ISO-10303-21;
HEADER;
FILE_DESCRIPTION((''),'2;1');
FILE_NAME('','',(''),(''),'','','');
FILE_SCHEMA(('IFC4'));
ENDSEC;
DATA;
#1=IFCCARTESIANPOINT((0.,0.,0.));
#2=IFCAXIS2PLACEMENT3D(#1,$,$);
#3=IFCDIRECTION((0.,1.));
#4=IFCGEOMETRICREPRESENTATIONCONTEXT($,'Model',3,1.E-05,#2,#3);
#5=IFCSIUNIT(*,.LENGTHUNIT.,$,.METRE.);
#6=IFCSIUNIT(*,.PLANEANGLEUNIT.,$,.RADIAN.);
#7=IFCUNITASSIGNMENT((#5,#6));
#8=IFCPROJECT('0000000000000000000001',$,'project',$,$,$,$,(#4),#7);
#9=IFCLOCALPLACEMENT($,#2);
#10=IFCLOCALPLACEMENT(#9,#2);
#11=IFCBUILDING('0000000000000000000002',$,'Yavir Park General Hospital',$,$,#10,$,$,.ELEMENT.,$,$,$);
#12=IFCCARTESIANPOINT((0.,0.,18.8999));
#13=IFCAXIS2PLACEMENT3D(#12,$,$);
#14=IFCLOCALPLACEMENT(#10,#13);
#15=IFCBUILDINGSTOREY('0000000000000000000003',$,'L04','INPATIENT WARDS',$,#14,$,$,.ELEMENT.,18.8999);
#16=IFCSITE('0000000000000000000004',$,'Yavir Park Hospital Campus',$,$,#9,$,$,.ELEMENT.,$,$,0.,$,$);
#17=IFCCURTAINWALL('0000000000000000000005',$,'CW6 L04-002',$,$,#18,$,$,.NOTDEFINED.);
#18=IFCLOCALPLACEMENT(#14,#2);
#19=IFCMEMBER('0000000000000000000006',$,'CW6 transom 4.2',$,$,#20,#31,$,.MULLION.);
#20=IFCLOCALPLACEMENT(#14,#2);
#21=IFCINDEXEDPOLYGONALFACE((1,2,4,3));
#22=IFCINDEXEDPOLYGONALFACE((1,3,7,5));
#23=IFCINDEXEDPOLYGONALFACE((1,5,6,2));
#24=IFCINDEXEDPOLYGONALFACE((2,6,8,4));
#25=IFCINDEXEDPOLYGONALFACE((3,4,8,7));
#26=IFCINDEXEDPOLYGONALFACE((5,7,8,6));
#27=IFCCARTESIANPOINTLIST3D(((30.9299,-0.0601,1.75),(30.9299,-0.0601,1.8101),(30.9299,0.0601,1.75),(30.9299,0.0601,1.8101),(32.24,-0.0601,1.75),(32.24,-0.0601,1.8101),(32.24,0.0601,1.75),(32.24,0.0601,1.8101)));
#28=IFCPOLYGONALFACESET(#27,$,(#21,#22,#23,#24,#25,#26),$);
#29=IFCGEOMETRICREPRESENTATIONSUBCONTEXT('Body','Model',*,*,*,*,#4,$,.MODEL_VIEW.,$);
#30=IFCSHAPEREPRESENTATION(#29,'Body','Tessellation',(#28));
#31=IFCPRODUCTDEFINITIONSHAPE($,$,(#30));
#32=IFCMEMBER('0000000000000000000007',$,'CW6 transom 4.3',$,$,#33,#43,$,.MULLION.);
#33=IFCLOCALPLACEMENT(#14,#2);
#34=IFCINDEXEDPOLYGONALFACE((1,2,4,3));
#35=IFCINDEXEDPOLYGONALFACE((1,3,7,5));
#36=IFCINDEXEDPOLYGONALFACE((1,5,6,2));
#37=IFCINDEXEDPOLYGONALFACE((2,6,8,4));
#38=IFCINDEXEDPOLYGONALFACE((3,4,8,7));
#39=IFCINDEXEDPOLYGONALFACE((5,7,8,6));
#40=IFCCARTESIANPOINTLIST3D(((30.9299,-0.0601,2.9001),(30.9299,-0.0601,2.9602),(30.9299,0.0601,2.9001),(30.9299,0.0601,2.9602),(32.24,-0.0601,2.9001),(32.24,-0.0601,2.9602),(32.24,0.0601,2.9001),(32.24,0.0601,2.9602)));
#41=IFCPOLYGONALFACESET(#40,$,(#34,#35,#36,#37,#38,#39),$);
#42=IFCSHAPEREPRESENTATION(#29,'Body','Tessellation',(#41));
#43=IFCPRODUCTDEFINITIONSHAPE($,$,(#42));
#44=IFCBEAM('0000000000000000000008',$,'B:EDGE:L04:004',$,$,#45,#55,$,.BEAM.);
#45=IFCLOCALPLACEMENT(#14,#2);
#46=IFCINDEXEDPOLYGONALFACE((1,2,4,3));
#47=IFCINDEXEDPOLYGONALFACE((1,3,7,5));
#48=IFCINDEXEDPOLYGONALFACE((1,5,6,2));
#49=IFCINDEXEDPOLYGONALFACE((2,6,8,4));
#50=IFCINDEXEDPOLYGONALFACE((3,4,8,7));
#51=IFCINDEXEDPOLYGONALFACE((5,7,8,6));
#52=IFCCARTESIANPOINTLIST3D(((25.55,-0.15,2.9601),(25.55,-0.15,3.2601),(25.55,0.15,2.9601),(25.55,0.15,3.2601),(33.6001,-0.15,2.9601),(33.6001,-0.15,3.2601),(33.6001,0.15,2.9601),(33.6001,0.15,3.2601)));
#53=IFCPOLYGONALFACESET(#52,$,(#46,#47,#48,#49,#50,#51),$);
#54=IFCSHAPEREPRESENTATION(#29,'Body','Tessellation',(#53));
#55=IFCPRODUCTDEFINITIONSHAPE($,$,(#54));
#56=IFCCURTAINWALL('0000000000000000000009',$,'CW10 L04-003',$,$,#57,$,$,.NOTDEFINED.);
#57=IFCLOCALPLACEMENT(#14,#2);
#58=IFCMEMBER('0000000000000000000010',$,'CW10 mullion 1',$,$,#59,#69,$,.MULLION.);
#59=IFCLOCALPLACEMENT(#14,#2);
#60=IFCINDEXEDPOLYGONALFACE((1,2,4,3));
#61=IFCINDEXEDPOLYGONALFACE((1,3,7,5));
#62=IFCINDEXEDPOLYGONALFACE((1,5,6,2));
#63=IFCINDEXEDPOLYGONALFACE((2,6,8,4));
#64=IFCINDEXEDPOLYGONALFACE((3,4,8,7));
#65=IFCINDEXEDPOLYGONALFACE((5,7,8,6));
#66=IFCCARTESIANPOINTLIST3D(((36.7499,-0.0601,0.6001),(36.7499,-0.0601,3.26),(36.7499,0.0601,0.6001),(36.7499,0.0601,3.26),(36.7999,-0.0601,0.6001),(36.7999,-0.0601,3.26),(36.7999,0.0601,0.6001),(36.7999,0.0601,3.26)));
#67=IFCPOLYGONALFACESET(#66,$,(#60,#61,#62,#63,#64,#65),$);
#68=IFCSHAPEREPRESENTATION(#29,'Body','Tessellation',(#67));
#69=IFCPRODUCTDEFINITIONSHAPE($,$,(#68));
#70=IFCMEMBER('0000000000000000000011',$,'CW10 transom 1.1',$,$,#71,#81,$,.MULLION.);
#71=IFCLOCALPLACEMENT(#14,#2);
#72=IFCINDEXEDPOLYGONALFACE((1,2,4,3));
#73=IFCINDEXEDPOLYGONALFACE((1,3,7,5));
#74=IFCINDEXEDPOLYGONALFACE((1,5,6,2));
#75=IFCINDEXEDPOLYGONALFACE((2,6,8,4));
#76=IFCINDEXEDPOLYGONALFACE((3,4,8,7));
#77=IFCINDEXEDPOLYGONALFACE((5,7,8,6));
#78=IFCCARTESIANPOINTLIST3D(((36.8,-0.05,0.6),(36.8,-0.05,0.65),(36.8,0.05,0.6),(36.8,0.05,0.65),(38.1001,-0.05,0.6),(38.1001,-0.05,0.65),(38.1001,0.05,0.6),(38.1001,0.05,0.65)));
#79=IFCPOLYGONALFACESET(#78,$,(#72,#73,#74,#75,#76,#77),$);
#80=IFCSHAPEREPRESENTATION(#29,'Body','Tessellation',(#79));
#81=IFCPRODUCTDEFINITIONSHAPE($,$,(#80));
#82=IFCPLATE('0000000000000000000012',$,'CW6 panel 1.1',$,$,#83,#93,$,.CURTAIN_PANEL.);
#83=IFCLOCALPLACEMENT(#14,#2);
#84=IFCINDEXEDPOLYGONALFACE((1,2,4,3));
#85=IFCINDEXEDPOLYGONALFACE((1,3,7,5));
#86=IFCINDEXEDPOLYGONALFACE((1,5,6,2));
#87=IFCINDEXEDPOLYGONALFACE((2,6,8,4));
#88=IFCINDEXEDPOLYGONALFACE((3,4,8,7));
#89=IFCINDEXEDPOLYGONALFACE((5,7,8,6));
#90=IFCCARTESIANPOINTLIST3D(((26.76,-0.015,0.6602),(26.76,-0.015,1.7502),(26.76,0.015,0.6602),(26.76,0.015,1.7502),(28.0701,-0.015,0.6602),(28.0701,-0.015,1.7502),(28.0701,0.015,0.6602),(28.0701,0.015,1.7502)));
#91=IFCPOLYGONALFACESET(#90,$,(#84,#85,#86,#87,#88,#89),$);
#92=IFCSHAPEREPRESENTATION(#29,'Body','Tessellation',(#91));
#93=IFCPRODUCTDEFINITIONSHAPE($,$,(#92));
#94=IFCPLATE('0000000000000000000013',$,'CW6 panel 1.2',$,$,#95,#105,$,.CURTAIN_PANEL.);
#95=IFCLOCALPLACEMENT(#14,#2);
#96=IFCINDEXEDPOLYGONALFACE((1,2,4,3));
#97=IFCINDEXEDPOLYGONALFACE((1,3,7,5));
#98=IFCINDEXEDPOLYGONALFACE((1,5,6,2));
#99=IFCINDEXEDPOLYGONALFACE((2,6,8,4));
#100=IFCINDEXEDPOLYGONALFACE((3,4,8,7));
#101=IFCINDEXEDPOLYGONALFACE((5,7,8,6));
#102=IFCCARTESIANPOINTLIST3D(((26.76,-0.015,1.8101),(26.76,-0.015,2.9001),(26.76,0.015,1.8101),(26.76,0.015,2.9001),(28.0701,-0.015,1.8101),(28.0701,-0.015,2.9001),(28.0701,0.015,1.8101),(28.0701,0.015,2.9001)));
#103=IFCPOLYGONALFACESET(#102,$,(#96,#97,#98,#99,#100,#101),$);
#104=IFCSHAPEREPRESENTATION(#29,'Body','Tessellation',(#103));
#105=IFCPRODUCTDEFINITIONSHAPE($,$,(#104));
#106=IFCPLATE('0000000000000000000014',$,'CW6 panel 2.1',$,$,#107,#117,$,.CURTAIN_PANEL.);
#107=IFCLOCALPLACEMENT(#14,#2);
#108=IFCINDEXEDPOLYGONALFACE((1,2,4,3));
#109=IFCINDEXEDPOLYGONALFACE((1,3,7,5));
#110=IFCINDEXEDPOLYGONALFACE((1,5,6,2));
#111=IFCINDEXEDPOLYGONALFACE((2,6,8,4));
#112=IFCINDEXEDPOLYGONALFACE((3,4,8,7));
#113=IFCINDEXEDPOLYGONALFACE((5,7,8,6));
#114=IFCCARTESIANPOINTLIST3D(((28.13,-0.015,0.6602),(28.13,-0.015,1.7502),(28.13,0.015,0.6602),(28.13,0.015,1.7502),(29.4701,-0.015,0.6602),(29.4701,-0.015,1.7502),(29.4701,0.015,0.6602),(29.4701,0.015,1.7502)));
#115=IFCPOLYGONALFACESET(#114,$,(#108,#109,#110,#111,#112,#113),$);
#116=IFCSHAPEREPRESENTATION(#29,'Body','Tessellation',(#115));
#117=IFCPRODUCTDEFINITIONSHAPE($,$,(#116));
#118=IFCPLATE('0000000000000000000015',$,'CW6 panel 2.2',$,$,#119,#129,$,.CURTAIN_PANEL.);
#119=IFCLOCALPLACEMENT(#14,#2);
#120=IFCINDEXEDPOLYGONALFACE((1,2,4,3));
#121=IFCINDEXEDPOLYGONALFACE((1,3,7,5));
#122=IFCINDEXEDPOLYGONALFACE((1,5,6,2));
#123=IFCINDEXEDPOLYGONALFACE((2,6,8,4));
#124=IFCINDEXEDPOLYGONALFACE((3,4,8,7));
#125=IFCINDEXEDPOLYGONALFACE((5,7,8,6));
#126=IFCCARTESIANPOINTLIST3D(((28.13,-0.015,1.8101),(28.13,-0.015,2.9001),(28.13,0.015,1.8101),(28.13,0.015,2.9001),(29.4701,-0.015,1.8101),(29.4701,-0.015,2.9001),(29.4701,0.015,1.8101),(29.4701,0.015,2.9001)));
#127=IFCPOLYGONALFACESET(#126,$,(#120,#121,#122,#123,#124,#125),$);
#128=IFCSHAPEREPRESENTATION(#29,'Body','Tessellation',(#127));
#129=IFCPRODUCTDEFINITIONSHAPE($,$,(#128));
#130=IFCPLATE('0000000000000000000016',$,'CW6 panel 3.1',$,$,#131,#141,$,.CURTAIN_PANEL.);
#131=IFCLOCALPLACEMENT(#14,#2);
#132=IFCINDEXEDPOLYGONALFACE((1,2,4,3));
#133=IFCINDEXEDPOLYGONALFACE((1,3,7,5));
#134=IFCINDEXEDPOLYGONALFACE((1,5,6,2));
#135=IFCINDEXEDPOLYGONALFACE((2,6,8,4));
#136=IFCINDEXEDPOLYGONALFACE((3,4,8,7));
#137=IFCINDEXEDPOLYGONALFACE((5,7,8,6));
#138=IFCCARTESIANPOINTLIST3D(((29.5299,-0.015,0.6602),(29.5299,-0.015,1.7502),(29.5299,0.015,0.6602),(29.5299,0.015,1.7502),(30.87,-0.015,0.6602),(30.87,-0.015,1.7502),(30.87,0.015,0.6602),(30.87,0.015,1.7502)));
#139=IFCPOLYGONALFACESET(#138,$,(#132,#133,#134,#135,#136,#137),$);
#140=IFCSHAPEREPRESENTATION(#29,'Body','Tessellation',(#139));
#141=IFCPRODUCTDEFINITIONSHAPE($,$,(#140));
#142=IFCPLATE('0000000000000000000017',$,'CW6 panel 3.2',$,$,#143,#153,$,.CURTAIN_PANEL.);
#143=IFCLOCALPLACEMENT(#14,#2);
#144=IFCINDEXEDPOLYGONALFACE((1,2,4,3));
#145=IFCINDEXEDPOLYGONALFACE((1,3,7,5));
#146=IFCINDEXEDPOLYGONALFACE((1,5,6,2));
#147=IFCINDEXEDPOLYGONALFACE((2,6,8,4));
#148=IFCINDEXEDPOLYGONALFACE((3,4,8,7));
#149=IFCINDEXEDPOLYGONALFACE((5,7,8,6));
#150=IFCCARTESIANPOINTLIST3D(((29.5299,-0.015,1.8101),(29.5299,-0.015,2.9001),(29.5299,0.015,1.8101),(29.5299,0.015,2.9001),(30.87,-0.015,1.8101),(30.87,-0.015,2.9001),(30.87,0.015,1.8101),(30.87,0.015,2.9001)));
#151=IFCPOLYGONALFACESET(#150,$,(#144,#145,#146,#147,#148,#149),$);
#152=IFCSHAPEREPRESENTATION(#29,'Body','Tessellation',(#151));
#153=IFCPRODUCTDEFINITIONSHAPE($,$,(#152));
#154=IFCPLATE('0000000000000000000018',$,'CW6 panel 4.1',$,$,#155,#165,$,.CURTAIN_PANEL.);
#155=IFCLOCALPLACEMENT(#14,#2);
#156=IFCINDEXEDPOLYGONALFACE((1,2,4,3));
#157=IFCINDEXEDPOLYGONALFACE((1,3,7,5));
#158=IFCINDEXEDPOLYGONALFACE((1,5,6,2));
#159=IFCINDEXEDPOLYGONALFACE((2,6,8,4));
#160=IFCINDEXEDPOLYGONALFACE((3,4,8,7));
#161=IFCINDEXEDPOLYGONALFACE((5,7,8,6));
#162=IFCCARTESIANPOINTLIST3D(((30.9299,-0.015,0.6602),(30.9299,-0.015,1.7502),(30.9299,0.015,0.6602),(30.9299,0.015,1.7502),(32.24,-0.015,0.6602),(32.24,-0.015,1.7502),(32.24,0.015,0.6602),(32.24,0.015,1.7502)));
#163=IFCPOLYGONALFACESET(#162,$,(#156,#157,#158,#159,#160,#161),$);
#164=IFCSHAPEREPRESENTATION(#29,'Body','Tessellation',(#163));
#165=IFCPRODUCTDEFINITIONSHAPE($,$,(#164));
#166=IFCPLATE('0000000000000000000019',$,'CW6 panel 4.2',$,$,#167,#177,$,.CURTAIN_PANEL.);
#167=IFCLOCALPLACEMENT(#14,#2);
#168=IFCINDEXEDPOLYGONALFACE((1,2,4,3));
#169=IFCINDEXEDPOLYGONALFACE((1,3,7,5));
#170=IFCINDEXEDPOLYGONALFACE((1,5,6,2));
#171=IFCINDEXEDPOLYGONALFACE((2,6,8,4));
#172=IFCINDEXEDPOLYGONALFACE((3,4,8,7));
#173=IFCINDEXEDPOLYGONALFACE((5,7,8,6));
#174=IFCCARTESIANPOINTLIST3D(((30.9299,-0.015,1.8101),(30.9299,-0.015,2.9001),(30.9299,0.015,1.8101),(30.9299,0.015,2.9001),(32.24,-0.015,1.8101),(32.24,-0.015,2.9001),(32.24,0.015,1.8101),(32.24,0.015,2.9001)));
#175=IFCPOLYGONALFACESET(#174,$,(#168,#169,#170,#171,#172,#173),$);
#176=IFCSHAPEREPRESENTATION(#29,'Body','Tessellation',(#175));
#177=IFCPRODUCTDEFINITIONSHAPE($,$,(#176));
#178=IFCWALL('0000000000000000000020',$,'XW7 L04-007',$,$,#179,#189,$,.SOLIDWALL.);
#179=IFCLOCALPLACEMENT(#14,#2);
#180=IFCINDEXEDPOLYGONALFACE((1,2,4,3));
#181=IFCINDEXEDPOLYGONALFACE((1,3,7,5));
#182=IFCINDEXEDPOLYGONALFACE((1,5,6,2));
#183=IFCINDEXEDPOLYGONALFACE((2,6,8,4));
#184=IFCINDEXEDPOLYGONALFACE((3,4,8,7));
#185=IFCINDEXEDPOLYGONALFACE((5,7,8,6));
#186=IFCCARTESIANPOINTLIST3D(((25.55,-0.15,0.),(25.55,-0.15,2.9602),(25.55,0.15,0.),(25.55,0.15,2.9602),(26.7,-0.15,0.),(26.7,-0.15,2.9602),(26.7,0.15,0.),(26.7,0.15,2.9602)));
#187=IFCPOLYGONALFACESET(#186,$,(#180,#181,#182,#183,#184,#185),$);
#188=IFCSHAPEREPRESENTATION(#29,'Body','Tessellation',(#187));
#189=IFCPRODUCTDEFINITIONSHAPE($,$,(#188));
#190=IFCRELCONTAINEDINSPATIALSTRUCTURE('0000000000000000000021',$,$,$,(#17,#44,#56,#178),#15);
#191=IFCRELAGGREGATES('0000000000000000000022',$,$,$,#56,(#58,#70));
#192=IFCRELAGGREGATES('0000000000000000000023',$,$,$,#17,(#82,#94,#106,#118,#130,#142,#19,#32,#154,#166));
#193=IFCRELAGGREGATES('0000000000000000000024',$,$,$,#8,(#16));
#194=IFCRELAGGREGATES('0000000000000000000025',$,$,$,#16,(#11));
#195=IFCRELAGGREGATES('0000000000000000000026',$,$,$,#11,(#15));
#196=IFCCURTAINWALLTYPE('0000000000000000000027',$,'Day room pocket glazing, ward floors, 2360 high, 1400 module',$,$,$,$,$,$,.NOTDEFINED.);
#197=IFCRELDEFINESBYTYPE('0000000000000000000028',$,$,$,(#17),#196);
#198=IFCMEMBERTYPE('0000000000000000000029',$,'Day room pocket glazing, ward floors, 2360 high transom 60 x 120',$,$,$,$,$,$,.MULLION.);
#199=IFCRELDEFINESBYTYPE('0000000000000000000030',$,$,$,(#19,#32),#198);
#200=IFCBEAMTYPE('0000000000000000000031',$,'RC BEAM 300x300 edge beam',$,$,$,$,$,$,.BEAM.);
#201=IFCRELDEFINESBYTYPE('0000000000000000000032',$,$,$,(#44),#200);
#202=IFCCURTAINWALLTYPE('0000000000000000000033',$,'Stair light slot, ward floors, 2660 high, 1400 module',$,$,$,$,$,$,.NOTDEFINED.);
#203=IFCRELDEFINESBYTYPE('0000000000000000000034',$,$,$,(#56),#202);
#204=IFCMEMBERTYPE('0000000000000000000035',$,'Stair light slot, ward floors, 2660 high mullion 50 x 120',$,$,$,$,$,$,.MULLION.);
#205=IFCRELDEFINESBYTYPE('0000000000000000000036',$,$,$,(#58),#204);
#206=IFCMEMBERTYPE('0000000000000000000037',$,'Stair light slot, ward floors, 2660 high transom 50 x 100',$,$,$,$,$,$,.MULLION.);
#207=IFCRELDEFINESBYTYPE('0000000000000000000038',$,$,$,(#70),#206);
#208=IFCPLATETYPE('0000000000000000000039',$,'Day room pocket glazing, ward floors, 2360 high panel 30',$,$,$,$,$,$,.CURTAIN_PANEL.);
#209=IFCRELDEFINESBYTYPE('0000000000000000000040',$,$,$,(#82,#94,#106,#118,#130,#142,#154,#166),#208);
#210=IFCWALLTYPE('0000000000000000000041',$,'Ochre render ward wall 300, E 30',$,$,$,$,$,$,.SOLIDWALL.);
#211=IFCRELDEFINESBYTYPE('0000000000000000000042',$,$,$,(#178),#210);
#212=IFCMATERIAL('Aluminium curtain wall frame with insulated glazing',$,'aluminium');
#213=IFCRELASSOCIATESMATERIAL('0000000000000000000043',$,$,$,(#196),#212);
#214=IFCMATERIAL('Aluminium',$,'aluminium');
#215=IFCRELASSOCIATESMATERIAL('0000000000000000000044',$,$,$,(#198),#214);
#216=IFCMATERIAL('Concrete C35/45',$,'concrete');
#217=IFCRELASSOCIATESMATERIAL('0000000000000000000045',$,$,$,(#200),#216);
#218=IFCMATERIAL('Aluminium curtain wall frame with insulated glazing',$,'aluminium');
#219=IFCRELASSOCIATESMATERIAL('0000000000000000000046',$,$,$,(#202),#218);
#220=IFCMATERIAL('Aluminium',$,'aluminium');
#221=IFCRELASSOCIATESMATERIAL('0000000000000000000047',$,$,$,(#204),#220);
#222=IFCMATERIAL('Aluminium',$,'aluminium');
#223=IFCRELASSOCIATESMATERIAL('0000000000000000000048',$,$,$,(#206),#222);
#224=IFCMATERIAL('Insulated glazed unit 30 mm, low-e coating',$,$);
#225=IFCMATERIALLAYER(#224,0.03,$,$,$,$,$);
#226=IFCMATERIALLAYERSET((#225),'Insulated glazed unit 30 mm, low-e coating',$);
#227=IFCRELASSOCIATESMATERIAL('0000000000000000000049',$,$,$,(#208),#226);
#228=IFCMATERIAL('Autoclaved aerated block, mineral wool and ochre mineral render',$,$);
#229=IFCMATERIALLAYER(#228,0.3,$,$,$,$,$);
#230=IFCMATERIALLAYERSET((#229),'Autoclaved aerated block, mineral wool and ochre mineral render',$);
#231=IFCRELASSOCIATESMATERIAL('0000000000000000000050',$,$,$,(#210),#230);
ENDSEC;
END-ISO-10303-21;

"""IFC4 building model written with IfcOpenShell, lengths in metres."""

from ifc_helpers import new_model, si_unit, direction, frame, frame_2d, origin, origin_2d, place, context, subcontext, project, spatial, rectangle, extrude, material, layer, layer_set, material_profile, profile_set, type_object, element, aggregate, save


model = new_model("IFC4")

# Units and contexts
model_context = context("Model", 3, precision=1e-05, world=origin(), true_north=direction((0.0, 1.0)))
body_context = subcontext(model_context, "Body", "Model", "MODEL_VIEW")
ifc_project = project(units=[si_unit("LENGTHUNIT", "METRE"), si_unit("PLANEANGLEUNIT", "RADIAN")], contexts=[model_context])

# Site, building, storey
site_placement = place(None, origin())
site = spatial("IfcSite", under=ifc_project, at=site_placement, Name="Yavir Park Hospital Campus", CompositionType="ELEMENT", RefElevation=0.0)
building_placement = place(site_placement, origin())
building = spatial("IfcBuilding", under=site, at=building_placement, Name="Yavir Park General Hospital", CompositionType="ELEMENT")
storey_placement = place(building_placement, frame((0.0, 0.0, 18.8999)))
storey = spatial("IfcBuildingStorey", under=building, at=storey_placement, Name="L04", Description="INPATIENT WARDS", CompositionType="ELEMENT", Elevation=18.8999)

# Curtain wall, members
ifc_material_1 = material(Name="Aluminium curtain wall frame with insulated glazing", Category="aluminium")
curtain_wall_type_1 = type_object("IfcCurtainWallType", Name="Day room pocket glazing, ward floors, 2360 high, 1400 module", PredefinedType="NOTDEFINED", material=ifc_material_1)
curtain_wall_1_placement = place(storey_placement, origin())
curtain_wall_1 = element("IfcCurtainWall", 1, at=curtain_wall_1_placement, inside=storey, type_object=curtain_wall_type_1, Name="CW6 L04-002", PredefinedType="NOTDEFINED")
ifc_material_2 = material(Name="Aluminium", Category="aluminium")
ifc_material_profile_1 = material_profile(ifc_material_2, rectangle(XDim=0.1201, YDim=0.0601, at=origin_2d()), Name="AL 120x60")
ifc_profile_set_1 = profile_set([ifc_material_profile_1], Name="Aluminium")
member_type_1 = type_object("IfcMemberType", Name="Day room pocket glazing, ward floors, 2360 high transom 60 x 120", PredefinedType="MULLION", material=ifc_profile_set_1)
member_1_placement = place(storey_placement, frame((30.9299, 0.0, 1.78), z_axis=(1.0, 0.0, 0.0), x_axis=(0.0, 1.0, 0.0)))
member_1 = element("IfcMember", 2, at=member_1_placement, type_object=member_type_1, Name="CW6 transom 4.2", PredefinedType="MULLION", context=body_context, shape_type="SweptSolid", body=[
    extrude(rectangle(XDim=0.1201, YDim=0.0601, at=origin_2d()), origin(), (0.0, 0.0, 1.0), 1.3101),
])
member_2_placement = place(storey_placement, frame((30.9299, 0.0, 2.9302), z_axis=(1.0, 0.0, 0.0), x_axis=(0.0, 1.0, 0.0)))
member_2 = element("IfcMember", 3, at=member_2_placement, type_object=member_type_1, Name="CW6 transom 4.3", PredefinedType="MULLION", context=body_context, shape_type="SweptSolid", body=[
    extrude(rectangle(XDim=0.1201, YDim=0.0601, at=origin_2d()), origin(), (0.0, 0.0, 1.0), 1.3101),
])

# Beam
ifc_material_3 = material(Name="Concrete C35/45", Category="concrete")
ifc_material_profile_2 = material_profile(ifc_material_3, rectangle(XDim=0.3, YDim=0.3, at=origin_2d()), Name="RC300x300")
ifc_profile_set_2 = profile_set([ifc_material_profile_2], Name="Concrete C35/45")
beam_type = type_object("IfcBeamType", Name="RC BEAM 300x300 edge beam", PredefinedType="BEAM", material=ifc_profile_set_2)
beam_placement = place(storey_placement, frame((25.55, 0.0, 3.1101), z_axis=(1.0, 0.0, 0.0), x_axis=(0.0, 1.0, 0.0)))
element("IfcBeam", 4, at=beam_placement, inside=storey, type_object=beam_type, Name="B:EDGE:L04:004", PredefinedType="BEAM", context=body_context, shape_type="SweptSolid", body=[
    extrude(rectangle(XDim=0.3, YDim=0.3, at=origin_2d()), origin(), (0.0, 0.0, 1.0), 8.05),
])

# Curtain wall, members
ifc_material_4 = material(Name="Aluminium curtain wall frame with insulated glazing", Category="aluminium")
curtain_wall_type_2 = type_object("IfcCurtainWallType", Name="Stair light slot, ward floors, 2660 high, 1400 module", PredefinedType="NOTDEFINED", material=ifc_material_4)
curtain_wall_2_placement = place(storey_placement, origin())
curtain_wall_2 = element("IfcCurtainWall", 5, at=curtain_wall_2_placement, inside=storey, type_object=curtain_wall_type_2, Name="CW10 L04-003", PredefinedType="NOTDEFINED")
ifc_material_5 = material(Name="Aluminium", Category="aluminium")
ifc_material_profile_3 = material_profile(ifc_material_5, rectangle(XDim=0.1201, YDim=0.05, at=origin_2d()), Name="AL 50x120")
ifc_profile_set_3 = profile_set([ifc_material_profile_3], Name="Aluminium")
member_type_2 = type_object("IfcMemberType", Name="Stair light slot, ward floors, 2660 high mullion 50 x 120", PredefinedType="MULLION", material=ifc_profile_set_3)
member_3_placement = place(storey_placement, frame((36.7749, 0.0, 0.6001), z_axis=(0.0, 0.0, 1.0), x_axis=(0.0, 1.0, 0.0)))
member_3 = element("IfcMember", 6, at=member_3_placement, type_object=member_type_2, Name="CW10 mullion 1", PredefinedType="MULLION", context=body_context, shape_type="SweptSolid", body=[
    extrude(rectangle(XDim=0.1201, YDim=0.05, at=origin_2d()), origin(), (0.0, 0.0, 1.0), 2.6599),
])
ifc_material_6 = material(Name="Aluminium", Category="aluminium")
ifc_material_profile_4 = material_profile(ifc_material_6, rectangle(XDim=0.1001, YDim=0.05, at=origin_2d()), Name="AL 100x50")
ifc_profile_set_4 = profile_set([ifc_material_profile_4], Name="Aluminium")
member_type_3 = type_object("IfcMemberType", Name="Stair light slot, ward floors, 2660 high transom 50 x 100", PredefinedType="MULLION", material=ifc_profile_set_4)
member_4_placement = place(storey_placement, frame((36.8, 0.0, 0.625), z_axis=(1.0, 0.0, 0.0), x_axis=(0.0, 1.0, 0.0)))
member_4 = element("IfcMember", 7, at=member_4_placement, type_object=member_type_3, Name="CW10 transom 1.1", PredefinedType="MULLION", context=body_context, shape_type="SweptSolid", body=[
    extrude(rectangle(XDim=0.1001, YDim=0.05, at=origin_2d()), origin(), (0.0, 0.0, 1.0), 1.3),
])
aggregate(curtain_wall_2, [member_3, member_4])

# Plates
ifc_material_7 = material(Name="Insulated glazed unit 30 mm, low-e coating")
ifc_layer_1 = layer(ifc_material_7, 0.03)
ifc_layer_set_1 = layer_set([ifc_layer_1], Name="Insulated glazed unit 30 mm, low-e coating")
plate_type = type_object("IfcPlateType", Name="Day room pocket glazing, ward floors, 2360 high panel 30", PredefinedType="CURTAIN_PANEL", material=ifc_layer_set_1)
plate_1_placement = place(storey_placement, frame((27.415, 0.0, 0.6602), z_axis=(0.0, 0.0, 1.0), x_axis=(1.0, 0.0, 0.0)))
plate_1 = element("IfcPlate", 8, at=plate_1_placement, type_object=plate_type, Name="CW6 panel 1.1", PredefinedType="CURTAIN_PANEL", context=body_context, shape_type="SweptSolid", body=[
    extrude(rectangle(XDim=1.3101, YDim=0.03, at=origin_2d()), origin(), (0.0, 0.0, 1.0), 1.0901),
])
plate_2_placement = place(storey_placement, frame((27.415, 0.0, 1.8101), z_axis=(0.0, 0.0, 1.0), x_axis=(1.0, 0.0, 0.0)))
plate_2 = element("IfcPlate", 9, at=plate_2_placement, type_object=plate_type, Name="CW6 panel 1.2", PredefinedType="CURTAIN_PANEL", context=body_context, shape_type="SweptSolid", body=[
    extrude(rectangle(XDim=1.3101, YDim=0.03, at=origin_2d()), origin(), (0.0, 0.0, 1.0), 1.0901),
])
plate_3_placement = place(storey_placement, frame((28.8, 0.0, 0.6602), z_axis=(0.0, 0.0, 1.0), x_axis=(1.0, 0.0, 0.0)))
plate_3 = element("IfcPlate", 10, at=plate_3_placement, type_object=plate_type, Name="CW6 panel 2.1", PredefinedType="CURTAIN_PANEL", context=body_context, shape_type="SweptSolid", body=[
    extrude(rectangle(XDim=1.3401, YDim=0.03, at=origin_2d()), origin(), (0.0, 0.0, 1.0), 1.0901),
])
plate_4_placement = place(storey_placement, frame((28.8, 0.0, 1.8101), z_axis=(0.0, 0.0, 1.0), x_axis=(1.0, 0.0, 0.0)))
plate_4 = element("IfcPlate", 11, at=plate_4_placement, type_object=plate_type, Name="CW6 panel 2.2", PredefinedType="CURTAIN_PANEL", context=body_context, shape_type="SweptSolid", body=[
    extrude(rectangle(XDim=1.3401, YDim=0.03, at=origin_2d()), origin(), (0.0, 0.0, 1.0), 1.0901),
])
plate_5_placement = place(storey_placement, frame((30.2, 0.0, 0.6602), z_axis=(0.0, 0.0, 1.0), x_axis=(1.0, 0.0, 0.0)))
plate_5 = element("IfcPlate", 12, at=plate_5_placement, type_object=plate_type, Name="CW6 panel 3.1", PredefinedType="CURTAIN_PANEL", context=body_context, shape_type="SweptSolid", body=[
    extrude(rectangle(XDim=1.3401, YDim=0.03, at=origin_2d()), origin(), (0.0, 0.0, 1.0), 1.0901),
])
plate_6_placement = place(storey_placement, frame((30.2, 0.0, 1.8101), z_axis=(0.0, 0.0, 1.0), x_axis=(1.0, 0.0, 0.0)))
plate_6 = element("IfcPlate", 13, at=plate_6_placement, type_object=plate_type, Name="CW6 panel 3.2", PredefinedType="CURTAIN_PANEL", context=body_context, shape_type="SweptSolid", body=[
    extrude(rectangle(XDim=1.3401, YDim=0.03, at=origin_2d()), origin(), (0.0, 0.0, 1.0), 1.0901),
])
plate_7_placement = place(storey_placement, frame((31.585, 0.0, 0.6602), z_axis=(0.0, 0.0, 1.0), x_axis=(1.0, 0.0, 0.0)))
plate_7 = element("IfcPlate", 14, at=plate_7_placement, type_object=plate_type, Name="CW6 panel 4.1", PredefinedType="CURTAIN_PANEL", context=body_context, shape_type="SweptSolid", body=[
    extrude(rectangle(XDim=1.3101, YDim=0.03, at=origin_2d()), origin(), (0.0, 0.0, 1.0), 1.0901),
])
plate_8_placement = place(storey_placement, frame((31.585, 0.0, 1.8101), z_axis=(0.0, 0.0, 1.0), x_axis=(1.0, 0.0, 0.0)))
plate_8 = element("IfcPlate", 15, at=plate_8_placement, type_object=plate_type, Name="CW6 panel 4.2", PredefinedType="CURTAIN_PANEL", context=body_context, shape_type="SweptSolid", body=[
    extrude(rectangle(XDim=1.3101, YDim=0.03, at=origin_2d()), origin(), (0.0, 0.0, 1.0), 1.0901),
])
aggregate(curtain_wall_1, [plate_1, plate_2, plate_3, plate_4, plate_5, plate_6, member_1, member_2, plate_7, plate_8])

# Wall
ifc_material_8 = material(Name="Autoclaved aerated block, mineral wool and ochre mineral render")
ifc_layer_2 = layer(ifc_material_8, 0.3)
ifc_layer_set_2 = layer_set([ifc_layer_2], Name="Autoclaved aerated block, mineral wool and ochre mineral render")
wall_type_1 = type_object("IfcWallType", Name="Ochre render ward wall 300, E 30", PredefinedType="SOLIDWALL", material=ifc_layer_set_2)
wall_1_placement = place(storey_placement, frame((25.55, 0.0, 0.0), z_axis=(0.0, 0.0, 1.0), x_axis=(1.0, 0.0, 0.0)))
element("IfcWall", 16, at=wall_1_placement, inside=storey, type_object=wall_type_1, Name="XW7 L04-007", PredefinedType="SOLIDWALL", context=body_context, shape_type="SweptSolid", body=[
    extrude(rectangle(XDim=1.1499, YDim=0.3, at=frame_2d((0.575, 0.0))), origin(), (0.0, 0.0, 1.0), 2.9602),
])

save(model, "model.ifc")
